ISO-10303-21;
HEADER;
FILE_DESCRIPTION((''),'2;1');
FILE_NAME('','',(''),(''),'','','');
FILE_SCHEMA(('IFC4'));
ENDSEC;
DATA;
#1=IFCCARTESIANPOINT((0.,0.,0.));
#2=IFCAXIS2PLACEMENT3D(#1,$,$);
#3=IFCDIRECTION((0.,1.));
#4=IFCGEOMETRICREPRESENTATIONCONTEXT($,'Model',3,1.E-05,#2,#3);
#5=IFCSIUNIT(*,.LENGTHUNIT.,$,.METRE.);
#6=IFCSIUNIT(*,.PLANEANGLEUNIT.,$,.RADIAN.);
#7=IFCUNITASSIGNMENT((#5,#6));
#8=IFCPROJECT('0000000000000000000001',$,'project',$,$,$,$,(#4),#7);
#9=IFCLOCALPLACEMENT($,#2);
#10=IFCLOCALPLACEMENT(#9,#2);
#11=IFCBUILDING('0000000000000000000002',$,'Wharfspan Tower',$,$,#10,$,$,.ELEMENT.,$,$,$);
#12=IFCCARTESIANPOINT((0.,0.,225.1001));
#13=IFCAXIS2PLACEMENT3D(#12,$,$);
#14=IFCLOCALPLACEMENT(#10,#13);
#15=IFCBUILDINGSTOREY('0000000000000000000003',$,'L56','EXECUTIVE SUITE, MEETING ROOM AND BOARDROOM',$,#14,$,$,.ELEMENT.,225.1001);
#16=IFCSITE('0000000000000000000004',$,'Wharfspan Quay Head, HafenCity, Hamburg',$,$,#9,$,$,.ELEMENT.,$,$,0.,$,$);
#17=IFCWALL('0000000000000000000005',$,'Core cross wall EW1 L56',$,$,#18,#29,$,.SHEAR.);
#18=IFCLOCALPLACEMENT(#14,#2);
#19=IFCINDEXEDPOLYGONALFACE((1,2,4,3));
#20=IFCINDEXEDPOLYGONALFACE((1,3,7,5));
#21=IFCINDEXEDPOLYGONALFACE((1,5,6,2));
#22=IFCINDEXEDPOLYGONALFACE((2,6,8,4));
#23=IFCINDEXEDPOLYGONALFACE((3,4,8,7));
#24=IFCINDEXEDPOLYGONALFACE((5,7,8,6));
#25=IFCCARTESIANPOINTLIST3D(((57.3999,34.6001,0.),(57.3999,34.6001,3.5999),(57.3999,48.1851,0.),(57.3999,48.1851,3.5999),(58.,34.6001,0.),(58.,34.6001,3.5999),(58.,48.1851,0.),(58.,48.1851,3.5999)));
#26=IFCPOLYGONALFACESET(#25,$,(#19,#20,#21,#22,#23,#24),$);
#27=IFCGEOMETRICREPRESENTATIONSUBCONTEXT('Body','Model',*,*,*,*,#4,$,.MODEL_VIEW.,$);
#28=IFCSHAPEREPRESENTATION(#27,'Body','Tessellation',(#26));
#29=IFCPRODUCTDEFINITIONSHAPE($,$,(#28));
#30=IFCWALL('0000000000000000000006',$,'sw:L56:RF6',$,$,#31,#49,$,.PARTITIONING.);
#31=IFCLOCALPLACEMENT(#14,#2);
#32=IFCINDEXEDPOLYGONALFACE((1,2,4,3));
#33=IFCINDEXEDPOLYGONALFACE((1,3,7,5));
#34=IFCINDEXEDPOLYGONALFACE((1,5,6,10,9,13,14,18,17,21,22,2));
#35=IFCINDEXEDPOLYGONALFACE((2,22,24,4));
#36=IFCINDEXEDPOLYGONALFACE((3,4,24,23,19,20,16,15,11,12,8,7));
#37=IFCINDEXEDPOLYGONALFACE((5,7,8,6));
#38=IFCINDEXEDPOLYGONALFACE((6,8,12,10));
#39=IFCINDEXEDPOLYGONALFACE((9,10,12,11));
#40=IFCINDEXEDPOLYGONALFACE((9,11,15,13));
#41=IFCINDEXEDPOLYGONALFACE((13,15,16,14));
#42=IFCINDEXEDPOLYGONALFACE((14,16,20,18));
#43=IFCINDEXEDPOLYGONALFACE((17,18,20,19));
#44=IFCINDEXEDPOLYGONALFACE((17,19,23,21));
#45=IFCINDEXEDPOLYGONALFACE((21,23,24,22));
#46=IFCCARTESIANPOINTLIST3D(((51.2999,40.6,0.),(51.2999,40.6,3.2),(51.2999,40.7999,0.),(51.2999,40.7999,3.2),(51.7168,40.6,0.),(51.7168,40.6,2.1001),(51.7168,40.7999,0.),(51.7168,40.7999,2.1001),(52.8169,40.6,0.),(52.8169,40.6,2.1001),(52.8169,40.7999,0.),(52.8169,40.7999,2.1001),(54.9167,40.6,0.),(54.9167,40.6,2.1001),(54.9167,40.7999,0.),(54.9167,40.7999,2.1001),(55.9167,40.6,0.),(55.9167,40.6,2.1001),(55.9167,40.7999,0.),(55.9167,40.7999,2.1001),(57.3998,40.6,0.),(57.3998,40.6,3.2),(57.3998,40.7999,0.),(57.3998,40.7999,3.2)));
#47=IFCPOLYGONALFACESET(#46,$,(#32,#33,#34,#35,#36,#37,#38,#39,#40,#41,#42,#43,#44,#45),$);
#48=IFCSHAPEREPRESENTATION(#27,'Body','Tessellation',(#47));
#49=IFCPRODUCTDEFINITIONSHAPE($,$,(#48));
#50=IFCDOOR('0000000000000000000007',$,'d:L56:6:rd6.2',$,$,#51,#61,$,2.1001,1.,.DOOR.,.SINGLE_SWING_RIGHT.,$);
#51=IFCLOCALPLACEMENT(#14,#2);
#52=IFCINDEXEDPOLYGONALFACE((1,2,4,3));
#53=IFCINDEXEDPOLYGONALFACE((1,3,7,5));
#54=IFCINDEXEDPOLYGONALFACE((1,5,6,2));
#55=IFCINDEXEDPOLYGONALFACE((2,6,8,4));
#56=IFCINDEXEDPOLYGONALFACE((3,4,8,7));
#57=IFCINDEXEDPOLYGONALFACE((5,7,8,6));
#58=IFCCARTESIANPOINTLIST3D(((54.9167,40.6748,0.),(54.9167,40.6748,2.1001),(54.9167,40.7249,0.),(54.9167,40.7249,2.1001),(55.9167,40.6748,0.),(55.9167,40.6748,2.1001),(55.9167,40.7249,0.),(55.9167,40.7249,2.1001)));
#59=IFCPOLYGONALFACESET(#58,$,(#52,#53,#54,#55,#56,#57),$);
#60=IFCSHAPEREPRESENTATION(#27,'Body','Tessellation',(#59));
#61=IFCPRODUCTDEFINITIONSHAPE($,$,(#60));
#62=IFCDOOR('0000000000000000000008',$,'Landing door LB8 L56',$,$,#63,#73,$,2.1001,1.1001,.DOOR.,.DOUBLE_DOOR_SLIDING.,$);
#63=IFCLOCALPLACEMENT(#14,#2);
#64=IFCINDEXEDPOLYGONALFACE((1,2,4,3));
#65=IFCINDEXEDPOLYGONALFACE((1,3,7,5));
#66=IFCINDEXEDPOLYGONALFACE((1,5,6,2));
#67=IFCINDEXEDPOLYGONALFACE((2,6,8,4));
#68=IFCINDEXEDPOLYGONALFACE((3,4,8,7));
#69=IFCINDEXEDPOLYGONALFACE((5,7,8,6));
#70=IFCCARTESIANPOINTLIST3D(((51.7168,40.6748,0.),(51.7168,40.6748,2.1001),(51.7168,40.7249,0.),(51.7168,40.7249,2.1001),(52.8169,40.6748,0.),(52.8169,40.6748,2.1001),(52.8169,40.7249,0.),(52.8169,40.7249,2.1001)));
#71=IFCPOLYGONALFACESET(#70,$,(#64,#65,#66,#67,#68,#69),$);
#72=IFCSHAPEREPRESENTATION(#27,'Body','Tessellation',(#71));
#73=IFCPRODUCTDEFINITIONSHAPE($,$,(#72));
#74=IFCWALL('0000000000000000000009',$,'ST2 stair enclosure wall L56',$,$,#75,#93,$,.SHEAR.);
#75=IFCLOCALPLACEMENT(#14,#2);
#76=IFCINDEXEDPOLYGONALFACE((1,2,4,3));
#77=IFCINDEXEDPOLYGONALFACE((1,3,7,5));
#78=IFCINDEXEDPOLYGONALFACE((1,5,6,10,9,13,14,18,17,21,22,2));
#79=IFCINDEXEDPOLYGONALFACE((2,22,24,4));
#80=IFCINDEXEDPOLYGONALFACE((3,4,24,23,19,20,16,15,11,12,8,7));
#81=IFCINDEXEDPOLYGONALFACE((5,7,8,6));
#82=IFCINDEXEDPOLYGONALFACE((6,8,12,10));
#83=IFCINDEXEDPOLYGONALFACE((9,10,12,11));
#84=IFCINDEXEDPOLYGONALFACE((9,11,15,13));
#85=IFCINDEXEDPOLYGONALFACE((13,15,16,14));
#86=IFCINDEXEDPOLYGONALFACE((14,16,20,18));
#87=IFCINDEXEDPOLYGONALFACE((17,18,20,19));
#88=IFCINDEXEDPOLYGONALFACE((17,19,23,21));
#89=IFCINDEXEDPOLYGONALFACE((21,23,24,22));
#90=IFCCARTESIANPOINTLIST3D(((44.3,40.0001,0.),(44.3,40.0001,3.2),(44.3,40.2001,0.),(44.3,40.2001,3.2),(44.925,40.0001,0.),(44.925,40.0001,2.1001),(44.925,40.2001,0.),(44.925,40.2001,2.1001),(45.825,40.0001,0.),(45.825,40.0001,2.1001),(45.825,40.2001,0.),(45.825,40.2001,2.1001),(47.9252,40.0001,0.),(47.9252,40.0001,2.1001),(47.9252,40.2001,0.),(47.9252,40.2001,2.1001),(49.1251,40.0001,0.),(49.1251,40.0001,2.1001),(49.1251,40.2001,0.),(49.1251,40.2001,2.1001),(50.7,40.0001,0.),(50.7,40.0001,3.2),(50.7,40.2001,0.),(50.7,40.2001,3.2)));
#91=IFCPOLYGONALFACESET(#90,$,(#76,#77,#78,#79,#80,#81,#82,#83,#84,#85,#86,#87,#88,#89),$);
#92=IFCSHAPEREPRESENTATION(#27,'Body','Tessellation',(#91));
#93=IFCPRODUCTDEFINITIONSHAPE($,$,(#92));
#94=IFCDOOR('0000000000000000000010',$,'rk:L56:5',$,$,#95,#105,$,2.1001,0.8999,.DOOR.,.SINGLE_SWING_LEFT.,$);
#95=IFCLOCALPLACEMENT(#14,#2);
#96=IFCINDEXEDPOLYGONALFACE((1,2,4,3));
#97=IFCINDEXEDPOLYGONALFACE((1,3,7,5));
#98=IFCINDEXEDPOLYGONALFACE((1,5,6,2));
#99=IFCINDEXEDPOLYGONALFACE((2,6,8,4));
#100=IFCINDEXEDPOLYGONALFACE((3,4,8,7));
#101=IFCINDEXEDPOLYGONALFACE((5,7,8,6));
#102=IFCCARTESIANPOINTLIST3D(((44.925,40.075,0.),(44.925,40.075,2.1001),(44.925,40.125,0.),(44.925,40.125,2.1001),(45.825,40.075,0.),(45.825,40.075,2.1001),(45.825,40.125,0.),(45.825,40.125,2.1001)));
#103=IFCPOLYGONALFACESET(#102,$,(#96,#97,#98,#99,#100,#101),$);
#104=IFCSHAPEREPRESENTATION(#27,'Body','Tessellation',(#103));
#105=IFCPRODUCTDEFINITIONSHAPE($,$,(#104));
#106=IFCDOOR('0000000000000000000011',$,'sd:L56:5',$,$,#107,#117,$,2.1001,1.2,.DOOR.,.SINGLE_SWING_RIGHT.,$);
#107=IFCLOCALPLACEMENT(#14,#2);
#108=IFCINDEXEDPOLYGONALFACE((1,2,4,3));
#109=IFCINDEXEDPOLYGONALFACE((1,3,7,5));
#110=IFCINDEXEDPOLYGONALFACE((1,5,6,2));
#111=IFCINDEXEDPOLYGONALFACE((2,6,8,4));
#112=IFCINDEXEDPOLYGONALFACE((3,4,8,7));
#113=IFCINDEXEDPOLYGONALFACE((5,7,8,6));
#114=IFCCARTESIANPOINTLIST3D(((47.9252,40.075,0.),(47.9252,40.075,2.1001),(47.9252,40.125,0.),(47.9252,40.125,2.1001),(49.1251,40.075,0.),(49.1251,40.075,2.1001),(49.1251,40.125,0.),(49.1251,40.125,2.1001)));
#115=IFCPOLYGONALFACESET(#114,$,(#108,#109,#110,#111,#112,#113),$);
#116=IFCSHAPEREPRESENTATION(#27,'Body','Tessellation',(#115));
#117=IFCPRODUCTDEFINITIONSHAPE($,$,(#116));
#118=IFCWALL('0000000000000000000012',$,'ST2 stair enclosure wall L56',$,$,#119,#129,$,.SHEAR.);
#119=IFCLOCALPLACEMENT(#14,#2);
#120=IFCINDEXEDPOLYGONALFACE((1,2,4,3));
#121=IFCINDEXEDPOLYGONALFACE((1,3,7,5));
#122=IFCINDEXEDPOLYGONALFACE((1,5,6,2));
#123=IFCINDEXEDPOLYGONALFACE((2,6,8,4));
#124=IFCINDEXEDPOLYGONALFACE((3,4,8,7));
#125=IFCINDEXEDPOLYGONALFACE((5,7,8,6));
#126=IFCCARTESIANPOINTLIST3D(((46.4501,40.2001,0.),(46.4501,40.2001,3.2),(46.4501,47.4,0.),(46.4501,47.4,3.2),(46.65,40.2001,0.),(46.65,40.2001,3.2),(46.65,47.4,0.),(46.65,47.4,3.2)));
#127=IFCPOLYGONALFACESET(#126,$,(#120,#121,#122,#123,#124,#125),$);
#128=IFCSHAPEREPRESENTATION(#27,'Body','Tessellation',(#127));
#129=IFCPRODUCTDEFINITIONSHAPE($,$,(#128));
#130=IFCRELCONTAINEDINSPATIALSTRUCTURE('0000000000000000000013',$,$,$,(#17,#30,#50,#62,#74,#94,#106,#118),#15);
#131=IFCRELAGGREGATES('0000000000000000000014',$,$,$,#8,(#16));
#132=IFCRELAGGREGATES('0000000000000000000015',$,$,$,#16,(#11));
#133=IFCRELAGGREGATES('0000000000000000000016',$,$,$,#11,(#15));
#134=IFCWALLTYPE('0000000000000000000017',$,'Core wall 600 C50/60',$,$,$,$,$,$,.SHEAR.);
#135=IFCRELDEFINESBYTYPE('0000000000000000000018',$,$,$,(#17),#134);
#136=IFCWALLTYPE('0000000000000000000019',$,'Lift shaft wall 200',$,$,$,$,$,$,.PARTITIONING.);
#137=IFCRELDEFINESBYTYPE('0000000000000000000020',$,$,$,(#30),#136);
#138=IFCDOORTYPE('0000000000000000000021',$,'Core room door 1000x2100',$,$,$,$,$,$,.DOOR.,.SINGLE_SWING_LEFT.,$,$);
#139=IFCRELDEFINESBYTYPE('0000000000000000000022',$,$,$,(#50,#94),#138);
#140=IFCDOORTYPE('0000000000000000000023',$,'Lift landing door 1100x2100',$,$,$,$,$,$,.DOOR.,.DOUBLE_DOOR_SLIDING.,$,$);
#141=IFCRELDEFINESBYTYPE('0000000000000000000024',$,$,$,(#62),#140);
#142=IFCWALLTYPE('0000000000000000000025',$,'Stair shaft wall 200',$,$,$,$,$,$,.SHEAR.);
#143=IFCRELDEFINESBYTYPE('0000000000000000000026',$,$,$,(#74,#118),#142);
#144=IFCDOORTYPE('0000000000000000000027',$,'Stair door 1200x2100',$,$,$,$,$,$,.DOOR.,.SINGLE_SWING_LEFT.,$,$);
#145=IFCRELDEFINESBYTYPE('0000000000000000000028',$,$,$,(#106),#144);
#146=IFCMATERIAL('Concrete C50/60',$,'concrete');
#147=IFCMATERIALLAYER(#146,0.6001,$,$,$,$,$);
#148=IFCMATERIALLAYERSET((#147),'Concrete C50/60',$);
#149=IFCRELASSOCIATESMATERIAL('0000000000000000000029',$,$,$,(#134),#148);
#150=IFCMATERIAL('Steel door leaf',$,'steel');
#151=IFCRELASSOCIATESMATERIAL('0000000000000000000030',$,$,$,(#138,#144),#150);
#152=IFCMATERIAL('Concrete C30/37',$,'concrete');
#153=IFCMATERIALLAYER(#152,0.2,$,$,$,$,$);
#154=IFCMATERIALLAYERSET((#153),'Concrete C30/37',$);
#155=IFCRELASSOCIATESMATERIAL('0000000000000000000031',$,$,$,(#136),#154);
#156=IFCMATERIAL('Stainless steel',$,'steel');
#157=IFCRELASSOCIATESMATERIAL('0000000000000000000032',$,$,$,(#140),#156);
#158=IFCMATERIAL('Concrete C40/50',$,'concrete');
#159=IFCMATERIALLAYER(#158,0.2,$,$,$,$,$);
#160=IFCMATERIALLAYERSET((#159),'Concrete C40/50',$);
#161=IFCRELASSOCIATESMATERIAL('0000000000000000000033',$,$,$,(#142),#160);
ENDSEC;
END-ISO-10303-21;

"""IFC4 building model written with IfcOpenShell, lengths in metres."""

from ifc_helpers import new_model, si_unit, direction, frame, frame_2d, origin, place, context, subcontext, project, spatial, rectangle, extrude, material, layer, layer_set, type_object, element, fill, save


model = new_model("IFC4")

# Units and contexts
model_context = context("Model", 3, precision=1e-05, world=origin(), true_north=direction((0.0, 1.0)))
body_context = subcontext(model_context, "Body", "Model", "MODEL_VIEW")
ifc_project = project(units=[si_unit("LENGTHUNIT", "METRE"), si_unit("PLANEANGLEUNIT", "RADIAN")], contexts=[model_context])

# Site, building, storey
site_placement = place(None, origin())
site = spatial("IfcSite", under=ifc_project, at=site_placement, Name="Wharfspan Quay Head, HafenCity, Hamburg", CompositionType="ELEMENT", RefElevation=0.0)
building_placement = place(site_placement, origin())
building = spatial("IfcBuilding", under=site, at=building_placement, Name="Wharfspan Tower", CompositionType="ELEMENT")
storey_placement = place(building_placement, frame((0.0, 0.0, 225.1001)))
storey = spatial("IfcBuildingStorey", under=building, at=storey_placement, Name="L56", Description="EXECUTIVE SUITE, MEETING ROOM AND BOARDROOM", CompositionType="ELEMENT", Elevation=225.1001)

# Shared definitions
ifc_material_1 = material(Name="Concrete C50/60", Category="concrete")

# Shared definitions
ifc_layer_1 = layer(ifc_material_1, 0.6001)
ifc_layer_set_1 = layer_set([ifc_layer_1], Name="Concrete C50/60")
wall_type_1 = type_object("IfcWallType", Name="Core wall 600 C50/60", PredefinedType="SHEAR", material=ifc_layer_set_1)
ifc_material_2 = material(Name="Steel door leaf", Category="steel")
door_type_1 = type_object("IfcDoorType", Name="Core room door 1000x2100", OperationType="SINGLE_SWING_LEFT", PredefinedType="DOOR", material=ifc_material_2)

# Wall
wall_1_placement = place(storey_placement, frame((57.7, 34.6001, 0.0), z_axis=(0.0, 0.0, 1.0), x_axis=(0.0, 1.0, 0.0)))
element("IfcWall", 1, at=wall_1_placement, inside=storey, type_object=wall_type_1, Name="Core cross wall EW1 L56", PredefinedType="SHEAR", context=body_context, shape_type="SweptSolid", body=[
    extrude(rectangle(XDim=13.585, YDim=0.6001, at=frame_2d((6.7925, 0.0))), origin(), (0.0, 0.0, 1.0), 3.5999),
])

# Walls, openings, doors
ifc_material_3 = material(Name="Concrete C30/37", Category="concrete")
ifc_layer_2 = layer(ifc_material_3, 0.2)
ifc_layer_set_2 = layer_set([ifc_layer_2], Name="Concrete C30/37")
wall_type_2 = type_object("IfcWallType", Name="Lift shaft wall 200", PredefinedType="PARTITIONING", material=ifc_layer_set_2)
wall_2_placement = place(storey_placement, frame((51.3, 40.7, 0.0), z_axis=(0.0, 0.0, 1.0), x_axis=(1.0, 0.0, 0.0)))
wall_2 = element("IfcWall", 2, at=wall_2_placement, inside=storey, type_object=wall_type_2, Name="sw:L56:RF6", PredefinedType="PARTITIONING", context=body_context, shape_type="SweptSolid", body=[
    extrude(rectangle(XDim=6.0999, YDim=0.2, at=frame_2d((3.0498, 0.0))), origin(), (0.0, 0.0, 1.0), 3.2),
])
opening_1_placement = place(wall_2_placement, frame((0.4167, 0.0, 0.0)))
opening_1 = element("IfcOpeningElement", 3, at=opening_1_placement, cuts=wall_2, PredefinedType="OPENING", context=body_context, shape_type="SweptSolid", body=[
    extrude(rectangle(XDim=1.1001, YDim=2.1001, at=frame_2d((0.55, 1.05))), frame((0.0, 0.1099, 0.0), z_axis=(0.0, -1.0, 0.0), x_axis=(1.0, 0.0, 0.0)), (0.0, 0.0, 1.0), 0.22),
])
opening_2_placement = place(wall_2_placement, frame((3.6167, 0.0, 0.0)))
opening_2 = element("IfcOpeningElement", 4, at=opening_2_placement, cuts=wall_2, PredefinedType="OPENING", context=body_context, shape_type="SweptSolid", body=[
    extrude(rectangle(XDim=1.0, YDim=2.1001, at=frame_2d((0.5, 1.05))), frame((0.0, 0.1099, 0.0), z_axis=(0.0, -1.0, 0.0), x_axis=(1.0, 0.0, 0.0)), (0.0, 0.0, 1.0), 0.22),
])
door_1_placement = place(opening_2_placement, origin())
door_1 = element("IfcDoor", 5, at=door_1_placement, inside=storey, type_object=door_type_1, Name="d:L56:6:rd6.2", OperationType="SINGLE_SWING_RIGHT", OverallHeight=2.1001, OverallWidth=1.0, PredefinedType="DOOR", context=body_context, shape_type="SweptSolid", body=[
    extrude(rectangle(XDim=1.0, YDim=2.1001, at=frame_2d((0.5, 1.05))), frame((0.0, 0.0249, 0.0), z_axis=(0.0, -1.0, 0.0), x_axis=(1.0, 0.0, 0.0)), (0.0, 0.0, 1.0), 0.05),
])
fill(opening_2, door_1)
ifc_material_4 = material(Name="Stainless steel", Category="steel")
door_type_2 = type_object("IfcDoorType", Name="Lift landing door 1100x2100", OperationType="DOUBLE_DOOR_SLIDING", PredefinedType="DOOR", material=ifc_material_4)
door_2_placement = place(opening_1_placement, origin())
door_2 = element("IfcDoor", 6, at=door_2_placement, inside=storey, type_object=door_type_2, Name="Landing door LB8 L56", OperationType="DOUBLE_DOOR_SLIDING", OverallHeight=2.1001, OverallWidth=1.1001, PredefinedType="DOOR", context=body_context, shape_type="SweptSolid", body=[
    extrude(rectangle(XDim=1.1001, YDim=2.1001, at=frame_2d((0.55, 1.05))), frame((0.0, 0.0249, 0.0), z_axis=(0.0, -1.0, 0.0), x_axis=(1.0, 0.0, 0.0)), (0.0, 0.0, 1.0), 0.05),
])
fill(opening_1, door_2)
ifc_material_5 = material(Name="Concrete C40/50", Category="concrete")
ifc_layer_3 = layer(ifc_material_5, 0.2)
ifc_layer_set_3 = layer_set([ifc_layer_3], Name="Concrete C40/50")
wall_type_3 = type_object("IfcWallType", Name="Stair shaft wall 200", PredefinedType="SHEAR", material=ifc_layer_set_3)
wall_3_placement = place(storey_placement, frame((44.3, 40.1001, 0.0), z_axis=(0.0, 0.0, 1.0), x_axis=(1.0, 0.0, 0.0)))
wall_3 = element("IfcWall", 7, at=wall_3_placement, inside=storey, type_object=wall_type_3, Name="ST2 stair enclosure wall L56", PredefinedType="SHEAR", context=body_context, shape_type="SweptSolid", body=[
    extrude(rectangle(XDim=6.3999, YDim=0.2, at=frame_2d((3.2, 0.0))), origin(), (0.0, 0.0, 1.0), 3.2),
])
opening_3_placement = place(wall_3_placement, frame((3.625, 0.0, 0.0)))
opening_3 = element("IfcOpeningElement", 8, at=opening_3_placement, cuts=wall_3, PredefinedType="OPENING", context=body_context, shape_type="SweptSolid", body=[
    extrude(rectangle(XDim=1.2, YDim=2.1001, at=frame_2d((0.6001, 1.05))), frame((0.0, 0.1099, 0.0), z_axis=(0.0, -1.0, 0.0), x_axis=(1.0, 0.0, 0.0)), (0.0, 0.0, 1.0), 0.22),
])
opening_4_placement = place(wall_3_placement, frame((0.625, 0.0, 0.0)))
opening_4 = element("IfcOpeningElement", 9, at=opening_4_placement, cuts=wall_3, PredefinedType="OPENING", context=body_context, shape_type="SweptSolid", body=[
    extrude(rectangle(XDim=0.8999, YDim=2.1001, at=frame_2d((0.45, 1.05))), frame((0.0, 0.1099, 0.0), z_axis=(0.0, -1.0, 0.0), x_axis=(1.0, 0.0, 0.0)), (0.0, 0.0, 1.0), 0.22),
])
door_3_placement = place(opening_4_placement, origin())
door_3 = element("IfcDoor", 10, at=door_3_placement, inside=storey, type_object=door_type_1, Name="rk:L56:5", OperationType="SINGLE_SWING_LEFT", OverallHeight=2.1001, OverallWidth=0.8999, PredefinedType="DOOR", context=body_context, shape_type="SweptSolid", body=[
    extrude(rectangle(XDim=0.8999, YDim=2.1001, at=frame_2d((0.45, 1.05))), frame((0.0, 0.0249, 0.0), z_axis=(0.0, -1.0, 0.0), x_axis=(1.0, 0.0, 0.0)), (0.0, 0.0, 1.0), 0.05),
])
fill(opening_4, door_3)
door_type_3 = type_object("IfcDoorType", Name="Stair door 1200x2100", OperationType="SINGLE_SWING_LEFT", PredefinedType="DOOR", material=ifc_material_2)
door_4_placement = place(opening_3_placement, origin())
door_4 = element("IfcDoor", 11, at=door_4_placement, inside=storey, type_object=door_type_3, Name="sd:L56:5", OperationType="SINGLE_SWING_RIGHT", OverallHeight=2.1001, OverallWidth=1.2, PredefinedType="DOOR", context=body_context, shape_type="SweptSolid", body=[
    extrude(rectangle(XDim=1.2, YDim=2.1001, at=frame_2d((0.6001, 1.05))), frame((0.0, 0.0249, 0.0), z_axis=(0.0, -1.0, 0.0), x_axis=(1.0, 0.0, 0.0)), (0.0, 0.0, 1.0), 0.05),
])
fill(opening_3, door_4)

# Wall
wall_4_placement = place(storey_placement, frame((46.55, 40.2, 0.0), z_axis=(0.0, 0.0, 1.0), x_axis=(0.0, 1.0, 0.0)))
element("IfcWall", 12, at=wall_4_placement, inside=storey, type_object=wall_type_3, Name="ST2 stair enclosure wall L56", PredefinedType="SHEAR", context=body_context, shape_type="SweptSolid", body=[
    extrude(rectangle(XDim=7.2, YDim=0.2, at=frame_2d((3.6001, 0.0))), origin(), (0.0, 0.0, 1.0), 3.2),
])

save(model, "model.ifc")
